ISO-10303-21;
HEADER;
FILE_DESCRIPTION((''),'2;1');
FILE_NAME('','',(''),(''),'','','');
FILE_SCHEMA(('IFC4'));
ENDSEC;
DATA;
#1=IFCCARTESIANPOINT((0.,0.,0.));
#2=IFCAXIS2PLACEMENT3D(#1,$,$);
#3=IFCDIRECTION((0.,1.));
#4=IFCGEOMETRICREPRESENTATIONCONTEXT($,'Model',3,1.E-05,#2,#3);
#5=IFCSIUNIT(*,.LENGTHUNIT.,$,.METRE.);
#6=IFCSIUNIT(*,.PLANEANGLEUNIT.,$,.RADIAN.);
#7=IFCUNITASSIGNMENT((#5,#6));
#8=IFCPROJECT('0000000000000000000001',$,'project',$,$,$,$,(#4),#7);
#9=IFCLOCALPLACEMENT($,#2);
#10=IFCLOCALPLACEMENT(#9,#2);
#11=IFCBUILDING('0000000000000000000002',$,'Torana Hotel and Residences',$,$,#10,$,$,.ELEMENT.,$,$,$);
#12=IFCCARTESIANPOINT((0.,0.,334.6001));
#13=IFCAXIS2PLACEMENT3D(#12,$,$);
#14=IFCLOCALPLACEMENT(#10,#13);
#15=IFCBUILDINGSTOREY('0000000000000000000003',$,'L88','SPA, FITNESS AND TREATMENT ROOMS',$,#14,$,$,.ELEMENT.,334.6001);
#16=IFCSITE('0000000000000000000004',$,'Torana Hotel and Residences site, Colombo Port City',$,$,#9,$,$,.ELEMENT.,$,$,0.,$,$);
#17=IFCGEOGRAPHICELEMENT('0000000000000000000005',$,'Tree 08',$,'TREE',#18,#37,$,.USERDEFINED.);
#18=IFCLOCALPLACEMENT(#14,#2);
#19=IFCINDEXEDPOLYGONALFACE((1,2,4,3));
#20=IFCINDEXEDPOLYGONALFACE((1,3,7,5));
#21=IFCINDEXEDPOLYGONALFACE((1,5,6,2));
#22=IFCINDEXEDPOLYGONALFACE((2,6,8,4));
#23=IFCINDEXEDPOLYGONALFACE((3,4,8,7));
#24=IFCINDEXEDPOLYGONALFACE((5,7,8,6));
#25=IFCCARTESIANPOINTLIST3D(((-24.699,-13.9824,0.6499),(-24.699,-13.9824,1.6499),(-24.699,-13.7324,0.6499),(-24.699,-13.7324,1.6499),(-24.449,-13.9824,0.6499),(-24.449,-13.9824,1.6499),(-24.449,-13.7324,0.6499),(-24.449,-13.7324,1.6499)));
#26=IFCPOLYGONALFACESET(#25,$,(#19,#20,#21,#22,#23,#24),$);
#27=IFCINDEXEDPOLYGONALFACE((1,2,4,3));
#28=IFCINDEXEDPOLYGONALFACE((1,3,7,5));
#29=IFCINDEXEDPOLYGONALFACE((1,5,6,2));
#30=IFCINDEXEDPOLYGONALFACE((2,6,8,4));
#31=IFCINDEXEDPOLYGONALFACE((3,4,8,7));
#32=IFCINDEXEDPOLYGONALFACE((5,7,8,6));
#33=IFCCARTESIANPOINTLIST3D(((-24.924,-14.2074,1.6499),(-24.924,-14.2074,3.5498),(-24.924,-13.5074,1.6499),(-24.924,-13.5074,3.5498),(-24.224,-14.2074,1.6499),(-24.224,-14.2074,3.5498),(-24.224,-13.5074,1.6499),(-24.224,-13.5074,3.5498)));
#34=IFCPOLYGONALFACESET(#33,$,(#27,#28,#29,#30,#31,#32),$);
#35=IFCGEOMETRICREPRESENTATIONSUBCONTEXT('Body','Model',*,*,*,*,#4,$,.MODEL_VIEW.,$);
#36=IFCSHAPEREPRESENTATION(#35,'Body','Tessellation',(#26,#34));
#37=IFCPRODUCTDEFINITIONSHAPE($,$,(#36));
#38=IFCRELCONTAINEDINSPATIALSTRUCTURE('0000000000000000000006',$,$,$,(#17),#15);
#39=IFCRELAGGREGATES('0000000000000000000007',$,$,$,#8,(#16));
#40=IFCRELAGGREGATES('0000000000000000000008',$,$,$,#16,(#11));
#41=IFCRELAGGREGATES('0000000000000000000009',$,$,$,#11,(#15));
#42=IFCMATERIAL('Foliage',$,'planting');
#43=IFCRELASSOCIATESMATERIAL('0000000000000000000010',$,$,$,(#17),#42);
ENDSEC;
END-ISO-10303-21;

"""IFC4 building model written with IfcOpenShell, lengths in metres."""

from ifc_helpers import new_model, si_unit, direction, frame, origin, origin_2d, place, context, subcontext, project, spatial, rectangle, extrude, material, element, save


model = new_model("IFC4")

# Units and contexts
model_context = context("Model", 3, precision=1e-05, world=origin(), true_north=direction((0.0, 1.0)))
body_context = subcontext(model_context, "Body", "Model", "MODEL_VIEW")
ifc_project = project(units=[si_unit("LENGTHUNIT", "METRE"), si_unit("PLANEANGLEUNIT", "RADIAN")], contexts=[model_context])

# Site, building, storey
site_placement = place(None, origin())
site = spatial("IfcSite", under=ifc_project, at=site_placement, Name="Torana Hotel and Residences site, Colombo Port City", CompositionType="ELEMENT", RefElevation=0.0)
building_placement = place(site_placement, origin())
building = spatial("IfcBuilding", under=site, at=building_placement, Name="Torana Hotel and Residences", CompositionType="ELEMENT")
storey_placement = place(building_placement, frame((0.0, 0.0, 334.6001)))
storey = spatial("IfcBuildingStorey", under=building, at=storey_placement, Name="L88", Description="SPA, FITNESS AND TREATMENT ROOMS", CompositionType="ELEMENT", Elevation=334.6001)

# Geographic element
ifc_material_1 = material(Name="Foliage", Category="planting")
geographic_element_placement = place(storey_placement, frame((-24.574, -13.8574, 0.6499), z_axis=(0.0, 0.0, 1.0), x_axis=(1.0, 0.0, 0.0)))
element("IfcGeographicElement", 1, at=geographic_element_placement, inside=storey, material=ifc_material_1, Name="Tree 08", ObjectType="TREE", PredefinedType="USERDEFINED", context=body_context, shape_type="SweptSolid", body=[
    extrude(rectangle(XDim=0.25, YDim=0.25, at=origin_2d()), origin(), (0.0, 0.0, 1.0), 1.0),
    extrude(rectangle(XDim=0.7, YDim=0.7, at=origin_2d()), frame((0.0, 0.0, 1.0)), (0.0, 0.0, 1.0), 1.8999),
])

save(model, "model.ifc")
